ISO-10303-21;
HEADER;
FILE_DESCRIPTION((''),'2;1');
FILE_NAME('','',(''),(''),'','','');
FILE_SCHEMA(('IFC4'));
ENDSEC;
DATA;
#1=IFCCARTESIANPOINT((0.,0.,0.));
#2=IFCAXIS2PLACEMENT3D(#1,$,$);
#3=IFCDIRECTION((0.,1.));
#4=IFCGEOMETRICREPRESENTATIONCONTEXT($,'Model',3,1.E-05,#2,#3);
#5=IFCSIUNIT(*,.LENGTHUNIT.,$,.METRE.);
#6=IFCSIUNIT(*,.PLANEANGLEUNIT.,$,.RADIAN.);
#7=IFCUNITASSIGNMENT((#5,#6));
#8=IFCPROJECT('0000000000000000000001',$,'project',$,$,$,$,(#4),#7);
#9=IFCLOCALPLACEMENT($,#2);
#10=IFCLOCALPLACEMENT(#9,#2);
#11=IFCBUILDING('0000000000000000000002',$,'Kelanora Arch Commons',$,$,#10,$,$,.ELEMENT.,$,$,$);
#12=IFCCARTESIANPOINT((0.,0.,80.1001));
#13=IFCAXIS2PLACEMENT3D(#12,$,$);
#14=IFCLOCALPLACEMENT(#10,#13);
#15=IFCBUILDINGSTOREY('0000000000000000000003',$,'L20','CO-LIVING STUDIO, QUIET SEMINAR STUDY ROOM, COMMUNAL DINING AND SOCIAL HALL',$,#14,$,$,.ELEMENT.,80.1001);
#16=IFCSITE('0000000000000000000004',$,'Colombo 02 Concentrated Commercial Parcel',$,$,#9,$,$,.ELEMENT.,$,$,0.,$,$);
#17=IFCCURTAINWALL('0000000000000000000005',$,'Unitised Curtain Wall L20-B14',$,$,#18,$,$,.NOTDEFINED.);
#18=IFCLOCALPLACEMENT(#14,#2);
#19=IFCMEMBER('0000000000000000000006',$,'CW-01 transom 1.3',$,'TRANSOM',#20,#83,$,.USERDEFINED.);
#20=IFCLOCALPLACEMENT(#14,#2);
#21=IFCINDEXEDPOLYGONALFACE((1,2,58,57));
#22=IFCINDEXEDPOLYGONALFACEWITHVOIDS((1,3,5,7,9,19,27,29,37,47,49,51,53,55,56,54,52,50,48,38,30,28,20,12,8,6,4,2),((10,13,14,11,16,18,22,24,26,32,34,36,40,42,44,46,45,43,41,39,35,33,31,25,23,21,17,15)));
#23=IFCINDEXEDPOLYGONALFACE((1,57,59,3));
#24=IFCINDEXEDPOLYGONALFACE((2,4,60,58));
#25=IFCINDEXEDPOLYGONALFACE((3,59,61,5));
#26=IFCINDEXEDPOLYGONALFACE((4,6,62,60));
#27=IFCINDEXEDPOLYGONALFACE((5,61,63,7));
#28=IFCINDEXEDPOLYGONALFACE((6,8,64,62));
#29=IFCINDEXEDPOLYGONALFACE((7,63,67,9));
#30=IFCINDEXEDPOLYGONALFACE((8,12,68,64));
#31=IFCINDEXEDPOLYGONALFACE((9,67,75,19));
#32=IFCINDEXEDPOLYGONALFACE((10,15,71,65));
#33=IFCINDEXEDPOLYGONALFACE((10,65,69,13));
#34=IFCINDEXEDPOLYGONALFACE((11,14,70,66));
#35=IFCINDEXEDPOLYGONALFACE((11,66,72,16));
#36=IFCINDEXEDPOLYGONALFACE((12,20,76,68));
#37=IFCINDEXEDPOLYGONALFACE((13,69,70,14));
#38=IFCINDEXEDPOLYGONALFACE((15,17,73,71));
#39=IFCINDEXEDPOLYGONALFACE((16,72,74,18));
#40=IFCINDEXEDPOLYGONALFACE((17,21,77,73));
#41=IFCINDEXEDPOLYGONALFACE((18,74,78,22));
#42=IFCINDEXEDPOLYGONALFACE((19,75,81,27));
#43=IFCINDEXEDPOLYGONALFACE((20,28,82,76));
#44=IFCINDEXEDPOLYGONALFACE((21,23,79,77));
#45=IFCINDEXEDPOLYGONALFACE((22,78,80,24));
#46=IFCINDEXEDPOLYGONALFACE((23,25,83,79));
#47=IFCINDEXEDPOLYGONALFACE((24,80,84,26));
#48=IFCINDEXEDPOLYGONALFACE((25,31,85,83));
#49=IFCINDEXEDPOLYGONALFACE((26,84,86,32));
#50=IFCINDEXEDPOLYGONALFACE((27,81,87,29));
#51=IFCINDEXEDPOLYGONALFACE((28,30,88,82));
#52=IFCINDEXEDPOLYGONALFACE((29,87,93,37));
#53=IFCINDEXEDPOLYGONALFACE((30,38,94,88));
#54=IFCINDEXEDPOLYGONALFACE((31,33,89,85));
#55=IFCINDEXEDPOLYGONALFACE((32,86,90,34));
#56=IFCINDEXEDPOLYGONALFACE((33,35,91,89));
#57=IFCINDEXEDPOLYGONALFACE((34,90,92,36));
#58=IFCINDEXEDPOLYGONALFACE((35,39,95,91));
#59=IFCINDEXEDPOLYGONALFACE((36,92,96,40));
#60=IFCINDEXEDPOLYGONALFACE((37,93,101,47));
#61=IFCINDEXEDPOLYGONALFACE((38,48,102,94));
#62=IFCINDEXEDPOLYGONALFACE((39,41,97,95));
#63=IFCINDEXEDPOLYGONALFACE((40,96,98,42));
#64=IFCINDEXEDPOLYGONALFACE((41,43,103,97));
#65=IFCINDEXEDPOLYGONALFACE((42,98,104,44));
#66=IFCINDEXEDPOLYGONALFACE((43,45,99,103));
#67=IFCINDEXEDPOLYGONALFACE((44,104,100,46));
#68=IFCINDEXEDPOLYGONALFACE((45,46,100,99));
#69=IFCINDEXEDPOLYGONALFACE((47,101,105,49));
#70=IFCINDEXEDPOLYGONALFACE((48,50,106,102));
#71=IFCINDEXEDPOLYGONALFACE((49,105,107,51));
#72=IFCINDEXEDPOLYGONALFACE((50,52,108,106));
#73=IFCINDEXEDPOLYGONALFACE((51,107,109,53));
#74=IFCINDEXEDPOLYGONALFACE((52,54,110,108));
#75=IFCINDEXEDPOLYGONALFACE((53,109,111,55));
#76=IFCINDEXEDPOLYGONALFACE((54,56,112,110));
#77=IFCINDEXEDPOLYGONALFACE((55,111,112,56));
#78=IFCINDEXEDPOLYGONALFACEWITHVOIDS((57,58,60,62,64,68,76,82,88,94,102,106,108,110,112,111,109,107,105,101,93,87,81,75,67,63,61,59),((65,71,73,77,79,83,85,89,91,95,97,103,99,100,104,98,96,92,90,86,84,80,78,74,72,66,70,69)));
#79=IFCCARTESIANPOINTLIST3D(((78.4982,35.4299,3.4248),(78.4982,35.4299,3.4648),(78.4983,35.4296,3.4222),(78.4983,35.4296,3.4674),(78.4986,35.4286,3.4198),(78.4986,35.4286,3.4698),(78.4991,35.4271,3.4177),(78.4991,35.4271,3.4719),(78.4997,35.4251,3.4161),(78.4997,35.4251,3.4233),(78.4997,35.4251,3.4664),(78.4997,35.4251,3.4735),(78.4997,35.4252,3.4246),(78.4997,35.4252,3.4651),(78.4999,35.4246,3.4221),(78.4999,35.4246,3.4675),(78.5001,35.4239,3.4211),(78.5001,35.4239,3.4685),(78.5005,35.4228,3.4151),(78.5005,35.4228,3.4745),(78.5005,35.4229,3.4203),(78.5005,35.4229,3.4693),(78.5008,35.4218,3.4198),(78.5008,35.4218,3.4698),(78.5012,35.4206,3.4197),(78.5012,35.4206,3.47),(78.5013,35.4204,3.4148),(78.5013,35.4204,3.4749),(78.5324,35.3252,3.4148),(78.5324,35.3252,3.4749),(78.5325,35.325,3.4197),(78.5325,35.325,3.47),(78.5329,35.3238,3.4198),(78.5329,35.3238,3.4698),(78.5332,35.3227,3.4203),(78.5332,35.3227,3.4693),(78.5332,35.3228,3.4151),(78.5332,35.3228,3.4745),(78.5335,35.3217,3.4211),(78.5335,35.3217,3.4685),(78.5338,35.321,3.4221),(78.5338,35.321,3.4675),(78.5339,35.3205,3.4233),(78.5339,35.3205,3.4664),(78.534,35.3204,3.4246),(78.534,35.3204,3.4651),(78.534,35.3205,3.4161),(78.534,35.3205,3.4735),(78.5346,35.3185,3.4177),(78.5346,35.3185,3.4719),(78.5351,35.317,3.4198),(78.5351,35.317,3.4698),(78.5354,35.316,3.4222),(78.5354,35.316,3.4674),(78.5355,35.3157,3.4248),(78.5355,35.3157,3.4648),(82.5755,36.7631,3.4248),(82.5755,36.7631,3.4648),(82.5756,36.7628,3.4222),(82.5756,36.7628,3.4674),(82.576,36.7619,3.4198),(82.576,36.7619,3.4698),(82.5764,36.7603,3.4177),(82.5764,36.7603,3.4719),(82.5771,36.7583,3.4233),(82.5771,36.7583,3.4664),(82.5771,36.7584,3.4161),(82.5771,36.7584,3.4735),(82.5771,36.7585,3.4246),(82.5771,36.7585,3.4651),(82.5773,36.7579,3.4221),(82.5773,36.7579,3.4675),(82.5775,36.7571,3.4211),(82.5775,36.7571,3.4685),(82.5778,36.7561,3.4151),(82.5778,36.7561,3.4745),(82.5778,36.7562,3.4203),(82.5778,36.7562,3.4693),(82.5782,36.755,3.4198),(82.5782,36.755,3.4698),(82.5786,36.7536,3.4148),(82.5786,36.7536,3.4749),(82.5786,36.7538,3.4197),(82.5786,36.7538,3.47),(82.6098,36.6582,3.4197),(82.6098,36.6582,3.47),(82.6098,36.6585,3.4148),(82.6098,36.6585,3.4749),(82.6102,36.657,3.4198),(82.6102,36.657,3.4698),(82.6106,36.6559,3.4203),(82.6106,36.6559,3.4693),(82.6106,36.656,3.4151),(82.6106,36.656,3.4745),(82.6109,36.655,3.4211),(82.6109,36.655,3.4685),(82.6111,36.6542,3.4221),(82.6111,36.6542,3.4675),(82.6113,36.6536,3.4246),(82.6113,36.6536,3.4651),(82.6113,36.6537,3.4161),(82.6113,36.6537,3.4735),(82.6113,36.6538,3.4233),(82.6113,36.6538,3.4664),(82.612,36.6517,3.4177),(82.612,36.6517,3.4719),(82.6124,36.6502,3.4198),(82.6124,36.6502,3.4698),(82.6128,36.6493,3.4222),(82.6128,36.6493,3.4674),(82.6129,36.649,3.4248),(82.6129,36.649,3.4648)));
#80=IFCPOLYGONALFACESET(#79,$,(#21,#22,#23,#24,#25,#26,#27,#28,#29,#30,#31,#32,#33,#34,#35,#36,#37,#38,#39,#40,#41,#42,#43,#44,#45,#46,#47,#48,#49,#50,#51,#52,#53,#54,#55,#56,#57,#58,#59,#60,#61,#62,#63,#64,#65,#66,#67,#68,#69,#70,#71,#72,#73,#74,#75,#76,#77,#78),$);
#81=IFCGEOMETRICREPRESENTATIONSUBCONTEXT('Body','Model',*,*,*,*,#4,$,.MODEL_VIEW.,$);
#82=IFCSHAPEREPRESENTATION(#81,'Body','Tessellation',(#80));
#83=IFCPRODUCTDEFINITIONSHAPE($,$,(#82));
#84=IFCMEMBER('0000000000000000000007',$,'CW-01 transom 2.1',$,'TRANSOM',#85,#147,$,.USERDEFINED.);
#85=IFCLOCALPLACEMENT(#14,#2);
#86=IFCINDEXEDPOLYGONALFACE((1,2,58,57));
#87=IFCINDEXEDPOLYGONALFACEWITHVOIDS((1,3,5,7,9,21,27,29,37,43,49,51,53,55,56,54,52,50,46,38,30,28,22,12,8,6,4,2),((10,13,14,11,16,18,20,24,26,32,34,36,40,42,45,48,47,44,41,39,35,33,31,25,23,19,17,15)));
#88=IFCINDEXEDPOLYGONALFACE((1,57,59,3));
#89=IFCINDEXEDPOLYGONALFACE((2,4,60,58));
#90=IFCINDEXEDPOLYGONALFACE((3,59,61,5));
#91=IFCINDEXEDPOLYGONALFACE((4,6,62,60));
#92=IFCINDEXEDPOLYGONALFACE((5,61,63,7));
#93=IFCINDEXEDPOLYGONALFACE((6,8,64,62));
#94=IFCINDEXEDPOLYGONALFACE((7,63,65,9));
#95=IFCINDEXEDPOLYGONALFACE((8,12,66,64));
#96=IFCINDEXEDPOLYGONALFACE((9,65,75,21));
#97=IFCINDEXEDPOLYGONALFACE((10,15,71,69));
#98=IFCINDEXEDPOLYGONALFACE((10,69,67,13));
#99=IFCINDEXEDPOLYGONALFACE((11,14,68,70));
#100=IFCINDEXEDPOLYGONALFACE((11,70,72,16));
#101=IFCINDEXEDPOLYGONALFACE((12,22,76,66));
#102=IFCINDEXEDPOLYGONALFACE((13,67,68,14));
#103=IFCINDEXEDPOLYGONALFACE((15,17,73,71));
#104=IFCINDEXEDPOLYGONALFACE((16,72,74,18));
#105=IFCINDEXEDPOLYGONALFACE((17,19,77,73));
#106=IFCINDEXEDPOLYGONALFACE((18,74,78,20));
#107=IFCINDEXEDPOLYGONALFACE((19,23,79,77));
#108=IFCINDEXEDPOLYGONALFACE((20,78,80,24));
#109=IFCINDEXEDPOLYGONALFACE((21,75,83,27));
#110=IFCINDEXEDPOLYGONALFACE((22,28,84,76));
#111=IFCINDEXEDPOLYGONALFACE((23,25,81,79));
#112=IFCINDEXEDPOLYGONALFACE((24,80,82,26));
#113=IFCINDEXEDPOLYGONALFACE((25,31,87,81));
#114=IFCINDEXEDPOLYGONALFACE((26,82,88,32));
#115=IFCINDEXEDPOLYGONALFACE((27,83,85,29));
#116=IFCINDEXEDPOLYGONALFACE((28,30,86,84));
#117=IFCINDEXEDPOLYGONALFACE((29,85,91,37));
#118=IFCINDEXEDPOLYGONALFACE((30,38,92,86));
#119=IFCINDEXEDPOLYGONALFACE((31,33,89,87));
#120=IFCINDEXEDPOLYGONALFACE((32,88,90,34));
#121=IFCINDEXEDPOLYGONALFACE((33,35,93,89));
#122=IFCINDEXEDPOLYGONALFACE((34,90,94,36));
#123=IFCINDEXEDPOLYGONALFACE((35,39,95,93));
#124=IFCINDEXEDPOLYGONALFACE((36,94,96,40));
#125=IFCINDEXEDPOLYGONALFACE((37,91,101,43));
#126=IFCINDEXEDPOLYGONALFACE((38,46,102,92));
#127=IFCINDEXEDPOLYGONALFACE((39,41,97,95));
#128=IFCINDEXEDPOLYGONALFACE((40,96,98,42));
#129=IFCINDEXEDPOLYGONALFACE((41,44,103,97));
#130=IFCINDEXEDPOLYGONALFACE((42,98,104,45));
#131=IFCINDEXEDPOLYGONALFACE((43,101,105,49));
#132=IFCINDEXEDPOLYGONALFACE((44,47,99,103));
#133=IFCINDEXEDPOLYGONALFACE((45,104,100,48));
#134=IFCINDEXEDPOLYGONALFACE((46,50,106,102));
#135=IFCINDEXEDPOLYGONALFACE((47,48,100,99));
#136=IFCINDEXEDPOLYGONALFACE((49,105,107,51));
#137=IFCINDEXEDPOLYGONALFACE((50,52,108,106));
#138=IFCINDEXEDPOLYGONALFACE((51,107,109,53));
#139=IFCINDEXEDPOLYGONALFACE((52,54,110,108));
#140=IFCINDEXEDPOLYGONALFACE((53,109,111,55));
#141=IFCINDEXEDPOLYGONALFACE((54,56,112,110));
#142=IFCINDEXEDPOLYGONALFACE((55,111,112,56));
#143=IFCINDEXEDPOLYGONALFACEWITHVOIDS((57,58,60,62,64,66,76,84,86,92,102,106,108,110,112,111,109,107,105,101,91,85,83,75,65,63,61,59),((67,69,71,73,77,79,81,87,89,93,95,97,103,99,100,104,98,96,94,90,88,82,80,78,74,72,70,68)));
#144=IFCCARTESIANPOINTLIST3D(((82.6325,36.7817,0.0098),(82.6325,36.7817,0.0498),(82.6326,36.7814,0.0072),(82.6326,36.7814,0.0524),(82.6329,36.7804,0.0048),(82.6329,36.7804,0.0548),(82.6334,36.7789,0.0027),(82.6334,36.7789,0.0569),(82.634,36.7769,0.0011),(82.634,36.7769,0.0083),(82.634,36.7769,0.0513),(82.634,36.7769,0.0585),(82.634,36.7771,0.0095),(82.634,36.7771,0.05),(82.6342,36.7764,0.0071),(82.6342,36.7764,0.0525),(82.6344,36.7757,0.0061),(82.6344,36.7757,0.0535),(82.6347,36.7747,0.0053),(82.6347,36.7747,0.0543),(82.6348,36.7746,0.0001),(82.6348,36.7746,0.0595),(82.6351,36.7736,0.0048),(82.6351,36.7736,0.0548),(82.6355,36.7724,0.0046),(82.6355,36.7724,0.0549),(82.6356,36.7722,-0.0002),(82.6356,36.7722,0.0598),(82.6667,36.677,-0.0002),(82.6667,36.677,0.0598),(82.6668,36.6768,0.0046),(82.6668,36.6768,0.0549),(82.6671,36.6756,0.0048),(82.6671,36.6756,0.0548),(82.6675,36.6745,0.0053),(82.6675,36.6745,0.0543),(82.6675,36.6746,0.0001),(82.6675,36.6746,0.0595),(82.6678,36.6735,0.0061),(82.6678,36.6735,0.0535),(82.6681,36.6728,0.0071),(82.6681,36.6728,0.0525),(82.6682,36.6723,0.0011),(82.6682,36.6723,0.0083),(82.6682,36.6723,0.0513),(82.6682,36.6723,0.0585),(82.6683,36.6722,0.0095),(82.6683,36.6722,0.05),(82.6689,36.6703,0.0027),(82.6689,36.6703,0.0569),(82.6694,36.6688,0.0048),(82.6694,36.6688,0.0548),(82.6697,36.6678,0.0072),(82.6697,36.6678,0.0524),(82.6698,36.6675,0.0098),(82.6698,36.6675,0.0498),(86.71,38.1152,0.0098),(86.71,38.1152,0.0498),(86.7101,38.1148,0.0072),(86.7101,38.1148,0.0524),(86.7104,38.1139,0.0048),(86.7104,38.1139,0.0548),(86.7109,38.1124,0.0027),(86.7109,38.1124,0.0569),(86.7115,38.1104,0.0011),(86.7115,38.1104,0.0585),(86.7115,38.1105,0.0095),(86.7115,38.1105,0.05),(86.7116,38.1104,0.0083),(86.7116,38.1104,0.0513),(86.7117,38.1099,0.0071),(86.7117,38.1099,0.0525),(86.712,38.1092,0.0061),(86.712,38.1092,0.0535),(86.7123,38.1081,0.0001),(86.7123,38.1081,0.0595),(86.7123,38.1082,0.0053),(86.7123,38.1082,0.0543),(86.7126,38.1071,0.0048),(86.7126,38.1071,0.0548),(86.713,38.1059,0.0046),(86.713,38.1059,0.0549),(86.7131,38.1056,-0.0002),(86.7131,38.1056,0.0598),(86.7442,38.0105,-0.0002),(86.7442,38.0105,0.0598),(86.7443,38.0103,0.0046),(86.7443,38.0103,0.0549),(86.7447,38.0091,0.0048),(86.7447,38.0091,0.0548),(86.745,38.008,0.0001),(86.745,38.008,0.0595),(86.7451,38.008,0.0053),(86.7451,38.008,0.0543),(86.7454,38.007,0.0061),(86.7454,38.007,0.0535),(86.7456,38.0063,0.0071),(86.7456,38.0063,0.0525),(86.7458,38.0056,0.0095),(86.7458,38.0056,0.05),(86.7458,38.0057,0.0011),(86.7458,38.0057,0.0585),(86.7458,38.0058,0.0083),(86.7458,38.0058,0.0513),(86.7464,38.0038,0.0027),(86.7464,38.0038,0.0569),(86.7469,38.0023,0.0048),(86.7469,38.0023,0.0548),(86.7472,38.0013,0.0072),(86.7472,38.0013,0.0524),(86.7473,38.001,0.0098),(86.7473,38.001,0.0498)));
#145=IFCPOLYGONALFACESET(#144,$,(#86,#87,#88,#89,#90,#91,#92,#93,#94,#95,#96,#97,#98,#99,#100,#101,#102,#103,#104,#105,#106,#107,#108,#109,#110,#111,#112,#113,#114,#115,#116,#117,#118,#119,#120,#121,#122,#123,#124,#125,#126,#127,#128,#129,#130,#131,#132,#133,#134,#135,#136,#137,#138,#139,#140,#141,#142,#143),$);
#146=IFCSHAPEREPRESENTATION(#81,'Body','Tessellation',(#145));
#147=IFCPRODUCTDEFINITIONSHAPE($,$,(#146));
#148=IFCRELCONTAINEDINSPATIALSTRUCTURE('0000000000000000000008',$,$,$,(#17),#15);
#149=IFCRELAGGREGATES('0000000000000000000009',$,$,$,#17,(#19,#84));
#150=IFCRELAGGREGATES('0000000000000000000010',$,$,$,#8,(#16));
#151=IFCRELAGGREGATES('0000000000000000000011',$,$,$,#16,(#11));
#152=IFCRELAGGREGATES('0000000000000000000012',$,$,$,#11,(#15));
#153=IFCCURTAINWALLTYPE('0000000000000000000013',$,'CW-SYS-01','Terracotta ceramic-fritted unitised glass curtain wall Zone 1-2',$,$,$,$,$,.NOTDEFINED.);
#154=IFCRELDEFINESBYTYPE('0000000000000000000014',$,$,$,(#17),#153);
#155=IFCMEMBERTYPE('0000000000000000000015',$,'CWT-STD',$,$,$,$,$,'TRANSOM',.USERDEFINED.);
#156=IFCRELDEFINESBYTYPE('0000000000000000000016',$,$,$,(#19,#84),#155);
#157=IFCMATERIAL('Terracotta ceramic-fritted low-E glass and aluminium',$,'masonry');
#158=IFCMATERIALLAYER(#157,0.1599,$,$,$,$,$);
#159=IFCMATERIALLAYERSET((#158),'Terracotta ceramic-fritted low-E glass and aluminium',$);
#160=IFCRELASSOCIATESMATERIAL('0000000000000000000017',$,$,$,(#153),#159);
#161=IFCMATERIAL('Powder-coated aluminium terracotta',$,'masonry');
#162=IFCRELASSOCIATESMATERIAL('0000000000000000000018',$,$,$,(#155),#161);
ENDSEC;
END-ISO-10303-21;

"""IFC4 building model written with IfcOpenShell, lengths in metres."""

from ifc_helpers import new_model, si_unit, direction, frame, origin, origin_2d, place, context, subcontext, project, spatial, hollow_rectangle, extrude, material, layer, layer_set, material_profile, profile_set, type_object, element, aggregate, save


model = new_model("IFC4")

# Units and contexts
model_context = context("Model", 3, precision=1e-05, world=origin(), true_north=direction((0.0, 1.0)))
body_context = subcontext(model_context, "Body", "Model", "MODEL_VIEW")
ifc_project = project(units=[si_unit("LENGTHUNIT", "METRE"), si_unit("PLANEANGLEUNIT", "RADIAN")], contexts=[model_context])

# Site, building, storey
site_placement = place(None, origin())
site = spatial("IfcSite", under=ifc_project, at=site_placement, Name="Colombo 02 Concentrated Commercial Parcel", CompositionType="ELEMENT", RefElevation=0.0)
building_placement = place(site_placement, origin())
building = spatial("IfcBuilding", under=site, at=building_placement, Name="Kelanora Arch Commons", CompositionType="ELEMENT")
storey_placement = place(building_placement, frame((0.0, 0.0, 80.1001)))
storey = spatial("IfcBuildingStorey", under=building, at=storey_placement, Name="L20", Description="CO-LIVING STUDIO, QUIET SEMINAR STUDY ROOM, COMMUNAL DINING AND SOCIAL HALL", CompositionType="ELEMENT", Elevation=80.1001)

# Curtain wall, members
ifc_material_1 = material(Name="Terracotta ceramic-fritted low-E glass and aluminium", Category="masonry")
ifc_layer_1 = layer(ifc_material_1, 0.1599)
ifc_layer_set_1 = layer_set([ifc_layer_1], Name="Terracotta ceramic-fritted low-E glass and aluminium")
curtain_wall_type = type_object("IfcCurtainWallType", Name="CW-SYS-01", Description="Terracotta ceramic-fritted unitised glass curtain wall Zone 1-2", PredefinedType="NOTDEFINED", material=ifc_layer_set_1)
curtain_wall_placement = place(storey_placement, origin())
curtain_wall = element("IfcCurtainWall", 1, at=curtain_wall_placement, inside=storey, type_object=curtain_wall_type, Name="Unitised Curtain Wall L20-B14", PredefinedType="NOTDEFINED")
ifc_material_2 = material(Name="Powder-coated aluminium terracotta", Category="masonry")
ifc_material_profile_1 = material_profile(ifc_material_2, hollow_rectangle(XDim=0.1201, YDim=0.0601, WallThickness=0.0049, InnerFilletRadius=0.0049, OuterFilletRadius=0.01, at=origin_2d()), Name="CWT120x60")
ifc_profile_set_1 = profile_set([ifc_material_profile_1], Name="Powder-coated aluminium terracotta")
member_type_1 = type_object("IfcMemberType", Name="CWT-STD", ElementType="TRANSOM", PredefinedType="USERDEFINED", material=ifc_profile_set_1)
member_1_placement = place(storey_placement, frame((78.5168, 35.3728, 3.4448), z_axis=(0.950478, 0.310793, 0.0), x_axis=(-0.310793, 0.950478, 0.0)))
member_1 = element("IfcMember", 2, at=member_1_placement, type_object=member_type_1, Name="CW-01 transom 1.3", ObjectType="TRANSOM", PredefinedType="USERDEFINED", context=body_context, shape_type="SweptSolid", body=[
    extrude(hollow_rectangle(XDim=0.1201, YDim=0.0601, WallThickness=0.0049, InnerFilletRadius=0.0049, OuterFilletRadius=0.01, at=origin_2d()), origin(), (0.0, 0.0, 1.0), 4.2898),
])
member_2_placement = place(storey_placement, frame((82.6511, 36.7246, 0.0298), z_axis=(0.950466, 0.310828, 0.0), x_axis=(-0.310828, 0.950466, 0.0)))
member_2 = element("IfcMember", 3, at=member_2_placement, type_object=member_type_1, Name="CW-01 transom 2.1", ObjectType="TRANSOM", PredefinedType="USERDEFINED", context=body_context, shape_type="SweptSolid", body=[
    extrude(hollow_rectangle(XDim=0.1201, YDim=0.0601, WallThickness=0.0049, InnerFilletRadius=0.0049, OuterFilletRadius=0.01, at=origin_2d()), origin(), (0.0, 0.0, 1.0), 4.29),
])
aggregate(curtain_wall, [member_1, member_2])

save(model, "model.ifc")
